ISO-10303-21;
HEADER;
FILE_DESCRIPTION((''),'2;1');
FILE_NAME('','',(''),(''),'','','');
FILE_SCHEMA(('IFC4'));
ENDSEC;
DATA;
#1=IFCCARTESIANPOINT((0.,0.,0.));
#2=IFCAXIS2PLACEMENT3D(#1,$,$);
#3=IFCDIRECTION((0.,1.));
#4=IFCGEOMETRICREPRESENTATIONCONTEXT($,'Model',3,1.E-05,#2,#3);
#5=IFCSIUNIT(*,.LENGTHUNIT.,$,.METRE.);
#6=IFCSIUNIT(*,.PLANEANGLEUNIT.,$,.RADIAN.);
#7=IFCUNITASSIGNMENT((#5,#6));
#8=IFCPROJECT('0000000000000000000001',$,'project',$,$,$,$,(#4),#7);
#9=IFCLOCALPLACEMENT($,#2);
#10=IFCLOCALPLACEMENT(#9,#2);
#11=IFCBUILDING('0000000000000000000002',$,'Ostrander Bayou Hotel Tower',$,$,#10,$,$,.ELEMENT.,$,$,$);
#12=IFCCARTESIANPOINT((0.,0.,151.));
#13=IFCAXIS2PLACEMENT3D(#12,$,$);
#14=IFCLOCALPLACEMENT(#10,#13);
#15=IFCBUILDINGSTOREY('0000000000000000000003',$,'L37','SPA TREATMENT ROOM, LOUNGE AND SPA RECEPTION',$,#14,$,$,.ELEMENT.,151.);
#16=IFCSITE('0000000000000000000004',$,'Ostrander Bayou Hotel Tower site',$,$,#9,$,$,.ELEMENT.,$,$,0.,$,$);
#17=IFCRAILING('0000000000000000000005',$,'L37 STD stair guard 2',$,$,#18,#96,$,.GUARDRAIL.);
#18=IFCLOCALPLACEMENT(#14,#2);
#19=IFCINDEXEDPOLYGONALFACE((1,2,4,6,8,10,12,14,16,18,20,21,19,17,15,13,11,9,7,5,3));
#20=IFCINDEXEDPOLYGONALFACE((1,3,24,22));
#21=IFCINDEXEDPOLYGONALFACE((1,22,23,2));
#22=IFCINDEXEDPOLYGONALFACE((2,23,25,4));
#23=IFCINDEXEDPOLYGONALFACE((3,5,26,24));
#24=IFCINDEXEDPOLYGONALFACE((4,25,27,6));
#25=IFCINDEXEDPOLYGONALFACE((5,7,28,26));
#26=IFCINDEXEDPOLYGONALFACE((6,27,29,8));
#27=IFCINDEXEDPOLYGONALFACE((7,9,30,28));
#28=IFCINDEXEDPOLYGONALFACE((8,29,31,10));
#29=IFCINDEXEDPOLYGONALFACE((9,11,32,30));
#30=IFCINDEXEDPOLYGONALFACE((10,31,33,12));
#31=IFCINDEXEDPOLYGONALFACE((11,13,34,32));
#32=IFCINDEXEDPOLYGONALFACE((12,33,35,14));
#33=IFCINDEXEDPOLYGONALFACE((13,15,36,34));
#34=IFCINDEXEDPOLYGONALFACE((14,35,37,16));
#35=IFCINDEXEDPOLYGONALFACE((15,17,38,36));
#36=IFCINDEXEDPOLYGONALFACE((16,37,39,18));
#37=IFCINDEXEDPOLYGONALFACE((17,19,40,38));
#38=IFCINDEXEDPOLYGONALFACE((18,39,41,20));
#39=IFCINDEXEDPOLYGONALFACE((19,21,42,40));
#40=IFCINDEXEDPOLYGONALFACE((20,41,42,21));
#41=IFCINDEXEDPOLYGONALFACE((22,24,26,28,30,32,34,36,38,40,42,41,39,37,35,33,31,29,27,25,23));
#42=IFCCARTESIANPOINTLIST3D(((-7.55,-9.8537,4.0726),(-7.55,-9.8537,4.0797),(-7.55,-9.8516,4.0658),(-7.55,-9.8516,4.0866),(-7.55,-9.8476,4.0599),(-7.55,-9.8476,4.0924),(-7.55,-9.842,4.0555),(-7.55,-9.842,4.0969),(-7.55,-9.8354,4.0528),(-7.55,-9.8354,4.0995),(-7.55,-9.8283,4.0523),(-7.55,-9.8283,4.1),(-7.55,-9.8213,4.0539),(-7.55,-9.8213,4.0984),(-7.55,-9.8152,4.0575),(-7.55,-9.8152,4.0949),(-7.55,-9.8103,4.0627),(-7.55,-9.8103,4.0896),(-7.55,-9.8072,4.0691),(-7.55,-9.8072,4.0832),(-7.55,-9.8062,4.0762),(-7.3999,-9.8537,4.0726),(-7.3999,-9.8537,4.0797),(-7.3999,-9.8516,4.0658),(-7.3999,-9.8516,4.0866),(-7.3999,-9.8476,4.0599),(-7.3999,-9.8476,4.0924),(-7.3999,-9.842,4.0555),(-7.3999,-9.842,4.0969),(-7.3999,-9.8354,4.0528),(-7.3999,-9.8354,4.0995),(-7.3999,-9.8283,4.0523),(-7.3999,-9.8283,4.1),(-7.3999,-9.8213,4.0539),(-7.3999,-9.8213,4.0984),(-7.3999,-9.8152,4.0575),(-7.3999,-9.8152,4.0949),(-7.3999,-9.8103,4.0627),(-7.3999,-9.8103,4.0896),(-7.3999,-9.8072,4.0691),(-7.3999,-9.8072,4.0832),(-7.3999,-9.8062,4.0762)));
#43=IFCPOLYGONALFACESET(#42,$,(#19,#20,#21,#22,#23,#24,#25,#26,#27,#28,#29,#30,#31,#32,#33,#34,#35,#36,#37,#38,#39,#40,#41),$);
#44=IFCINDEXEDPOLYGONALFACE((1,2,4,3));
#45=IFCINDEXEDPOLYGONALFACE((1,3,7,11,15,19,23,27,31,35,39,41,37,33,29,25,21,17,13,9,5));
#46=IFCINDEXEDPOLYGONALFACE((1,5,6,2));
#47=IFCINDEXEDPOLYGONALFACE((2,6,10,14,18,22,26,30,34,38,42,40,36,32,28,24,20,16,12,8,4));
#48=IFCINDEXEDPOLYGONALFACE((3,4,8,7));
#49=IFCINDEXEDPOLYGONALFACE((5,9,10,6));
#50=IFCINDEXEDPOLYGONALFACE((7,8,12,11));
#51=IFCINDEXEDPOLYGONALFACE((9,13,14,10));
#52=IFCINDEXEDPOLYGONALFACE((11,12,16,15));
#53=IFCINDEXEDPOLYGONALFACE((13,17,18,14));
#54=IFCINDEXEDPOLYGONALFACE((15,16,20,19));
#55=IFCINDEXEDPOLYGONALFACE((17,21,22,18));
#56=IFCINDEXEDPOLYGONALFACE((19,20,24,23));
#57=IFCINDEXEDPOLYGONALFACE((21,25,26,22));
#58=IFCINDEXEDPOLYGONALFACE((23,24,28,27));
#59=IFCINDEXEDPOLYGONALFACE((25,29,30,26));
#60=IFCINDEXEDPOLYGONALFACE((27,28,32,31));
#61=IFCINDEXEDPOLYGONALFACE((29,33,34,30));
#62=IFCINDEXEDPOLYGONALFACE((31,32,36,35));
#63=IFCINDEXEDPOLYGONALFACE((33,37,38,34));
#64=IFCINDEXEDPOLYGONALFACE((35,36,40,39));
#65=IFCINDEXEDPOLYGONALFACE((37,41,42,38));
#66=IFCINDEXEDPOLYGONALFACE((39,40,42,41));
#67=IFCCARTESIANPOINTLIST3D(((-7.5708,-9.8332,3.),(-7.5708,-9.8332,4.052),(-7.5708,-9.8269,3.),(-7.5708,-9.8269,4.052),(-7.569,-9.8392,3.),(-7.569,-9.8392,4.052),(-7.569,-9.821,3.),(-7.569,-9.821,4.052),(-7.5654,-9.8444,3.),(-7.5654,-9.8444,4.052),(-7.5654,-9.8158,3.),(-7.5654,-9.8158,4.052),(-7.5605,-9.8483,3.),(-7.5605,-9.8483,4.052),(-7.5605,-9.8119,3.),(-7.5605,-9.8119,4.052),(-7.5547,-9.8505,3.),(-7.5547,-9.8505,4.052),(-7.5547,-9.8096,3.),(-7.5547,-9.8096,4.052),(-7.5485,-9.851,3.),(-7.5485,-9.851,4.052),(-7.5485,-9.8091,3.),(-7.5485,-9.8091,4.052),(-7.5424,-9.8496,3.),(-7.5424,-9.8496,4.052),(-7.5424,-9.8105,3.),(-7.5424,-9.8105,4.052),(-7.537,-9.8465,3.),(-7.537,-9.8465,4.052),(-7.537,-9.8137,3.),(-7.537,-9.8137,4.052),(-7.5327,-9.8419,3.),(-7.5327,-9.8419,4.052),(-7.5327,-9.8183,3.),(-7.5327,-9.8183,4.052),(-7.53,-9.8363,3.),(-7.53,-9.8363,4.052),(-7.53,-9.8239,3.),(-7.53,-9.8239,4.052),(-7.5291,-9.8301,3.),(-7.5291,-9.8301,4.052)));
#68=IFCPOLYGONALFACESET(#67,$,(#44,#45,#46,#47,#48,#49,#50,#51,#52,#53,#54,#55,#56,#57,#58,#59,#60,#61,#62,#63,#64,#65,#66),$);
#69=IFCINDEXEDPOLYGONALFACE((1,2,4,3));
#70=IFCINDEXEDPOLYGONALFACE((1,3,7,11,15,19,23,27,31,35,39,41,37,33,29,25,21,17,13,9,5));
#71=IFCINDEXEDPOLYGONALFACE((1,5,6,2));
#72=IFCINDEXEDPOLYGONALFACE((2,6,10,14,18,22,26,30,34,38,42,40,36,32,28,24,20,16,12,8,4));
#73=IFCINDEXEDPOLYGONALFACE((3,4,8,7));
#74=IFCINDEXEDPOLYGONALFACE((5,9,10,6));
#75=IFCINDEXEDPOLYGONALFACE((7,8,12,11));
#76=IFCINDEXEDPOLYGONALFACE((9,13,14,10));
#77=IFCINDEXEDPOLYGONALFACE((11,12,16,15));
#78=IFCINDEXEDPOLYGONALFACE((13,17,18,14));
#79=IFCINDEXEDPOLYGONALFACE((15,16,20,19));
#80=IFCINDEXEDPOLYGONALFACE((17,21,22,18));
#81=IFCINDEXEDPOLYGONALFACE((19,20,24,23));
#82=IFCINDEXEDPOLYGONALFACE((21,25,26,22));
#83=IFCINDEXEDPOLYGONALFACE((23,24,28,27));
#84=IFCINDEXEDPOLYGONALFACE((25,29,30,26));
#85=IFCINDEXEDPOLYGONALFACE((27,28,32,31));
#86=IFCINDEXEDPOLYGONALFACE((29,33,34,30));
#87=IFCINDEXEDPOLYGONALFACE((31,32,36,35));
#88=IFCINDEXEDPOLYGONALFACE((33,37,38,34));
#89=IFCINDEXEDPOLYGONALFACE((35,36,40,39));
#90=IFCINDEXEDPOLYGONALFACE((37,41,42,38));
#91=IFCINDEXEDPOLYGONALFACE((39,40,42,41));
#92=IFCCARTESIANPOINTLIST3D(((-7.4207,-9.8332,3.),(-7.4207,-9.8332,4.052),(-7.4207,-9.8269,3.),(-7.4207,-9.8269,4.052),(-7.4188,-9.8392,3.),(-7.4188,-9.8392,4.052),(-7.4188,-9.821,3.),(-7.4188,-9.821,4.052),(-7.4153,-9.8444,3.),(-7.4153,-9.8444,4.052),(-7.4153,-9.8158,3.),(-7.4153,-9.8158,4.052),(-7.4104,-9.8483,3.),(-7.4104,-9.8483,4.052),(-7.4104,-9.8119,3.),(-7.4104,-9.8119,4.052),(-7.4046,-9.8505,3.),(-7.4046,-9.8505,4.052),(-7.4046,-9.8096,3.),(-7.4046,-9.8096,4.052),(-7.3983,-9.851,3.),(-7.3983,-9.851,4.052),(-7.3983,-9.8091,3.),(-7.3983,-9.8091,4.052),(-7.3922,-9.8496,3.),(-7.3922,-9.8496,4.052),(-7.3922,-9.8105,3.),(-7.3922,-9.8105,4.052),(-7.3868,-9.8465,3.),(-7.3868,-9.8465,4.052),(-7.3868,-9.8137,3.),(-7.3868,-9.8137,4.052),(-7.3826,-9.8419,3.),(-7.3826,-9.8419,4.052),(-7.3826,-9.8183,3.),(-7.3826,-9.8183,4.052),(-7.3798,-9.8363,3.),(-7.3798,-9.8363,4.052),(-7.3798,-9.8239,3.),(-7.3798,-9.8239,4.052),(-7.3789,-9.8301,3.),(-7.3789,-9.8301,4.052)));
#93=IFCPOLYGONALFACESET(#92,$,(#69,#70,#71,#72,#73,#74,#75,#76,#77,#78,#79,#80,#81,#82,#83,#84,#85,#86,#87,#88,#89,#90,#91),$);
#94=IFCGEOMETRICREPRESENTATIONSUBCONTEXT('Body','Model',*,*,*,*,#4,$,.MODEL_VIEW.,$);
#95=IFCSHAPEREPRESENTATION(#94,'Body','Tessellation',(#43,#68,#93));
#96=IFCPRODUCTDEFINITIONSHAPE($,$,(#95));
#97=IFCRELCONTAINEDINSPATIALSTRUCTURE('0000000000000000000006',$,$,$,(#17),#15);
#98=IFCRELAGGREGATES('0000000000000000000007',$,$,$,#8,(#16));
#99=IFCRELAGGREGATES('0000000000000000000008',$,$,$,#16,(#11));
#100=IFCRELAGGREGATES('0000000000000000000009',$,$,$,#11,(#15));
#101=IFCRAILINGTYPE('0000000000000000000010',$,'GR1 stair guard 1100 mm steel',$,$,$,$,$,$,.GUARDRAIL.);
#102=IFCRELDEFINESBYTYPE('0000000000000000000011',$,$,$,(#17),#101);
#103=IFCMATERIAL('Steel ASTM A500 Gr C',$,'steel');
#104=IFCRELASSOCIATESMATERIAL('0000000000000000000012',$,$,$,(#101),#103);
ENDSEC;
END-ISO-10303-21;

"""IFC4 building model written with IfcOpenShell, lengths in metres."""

from ifc_helpers import new_model, si_unit, direction, frame, origin, origin_2d, place, context, subcontext, project, spatial, circle, extrude, material, type_object, element, save


model = new_model("IFC4")

# Units and contexts
model_context = context("Model", 3, precision=1e-05, world=origin(), true_north=direction((0.0, 1.0)))
body_context = subcontext(model_context, "Body", "Model", "MODEL_VIEW")
ifc_project = project(units=[si_unit("LENGTHUNIT", "METRE"), si_unit("PLANEANGLEUNIT", "RADIAN")], contexts=[model_context])

# Site, building, storey
site_placement = place(None, origin())
site = spatial("IfcSite", under=ifc_project, at=site_placement, Name="Ostrander Bayou Hotel Tower site", CompositionType="ELEMENT", RefElevation=0.0)
building_placement = place(site_placement, origin())
building = spatial("IfcBuilding", under=site, at=building_placement, Name="Ostrander Bayou Hotel Tower", CompositionType="ELEMENT")
storey_placement = place(building_placement, frame((0.0, 0.0, 151.0)))
storey = spatial("IfcBuildingStorey", under=building, at=storey_placement, Name="L37", Description="SPA TREATMENT ROOM, LOUNGE AND SPA RECEPTION", CompositionType="ELEMENT", Elevation=151.0)

# Railing
ifc_material_1 = material(Name="Steel ASTM A500 Gr C", Category="steel")
railing_type_1 = type_object("IfcRailingType", Name="GR1 stair guard 1100 mm steel", PredefinedType="GUARDRAIL", material=ifc_material_1)
railing_1_placement = place(storey_placement, frame((-7.55, -9.8301, 3.0)))
element("IfcRailing", 1, at=railing_1_placement, inside=storey, type_object=railing_type_1, Name="L37 STD stair guard 2", PredefinedType="GUARDRAIL", context=body_context, shape_type="SweptSolid", body=[
    extrude(circle(Radius=0.0239, at=origin_2d()), frame((0.0, 0.0, 1.0762), z_axis=(1.0, 0.0, 0.0), x_axis=(0.0, 1.0, 0.0)), (0.0, 0.0, 1.0), 0.1501),
    extrude(circle(Radius=0.021, at=origin_2d()), origin(), (0.0, 0.0, 1.0), 1.052),
    extrude(circle(Radius=0.021, at=origin_2d()), frame((0.1501, 0.0, 0.0)), (0.0, 0.0, 1.0), 1.052),
])

save(model, "model.ifc")
